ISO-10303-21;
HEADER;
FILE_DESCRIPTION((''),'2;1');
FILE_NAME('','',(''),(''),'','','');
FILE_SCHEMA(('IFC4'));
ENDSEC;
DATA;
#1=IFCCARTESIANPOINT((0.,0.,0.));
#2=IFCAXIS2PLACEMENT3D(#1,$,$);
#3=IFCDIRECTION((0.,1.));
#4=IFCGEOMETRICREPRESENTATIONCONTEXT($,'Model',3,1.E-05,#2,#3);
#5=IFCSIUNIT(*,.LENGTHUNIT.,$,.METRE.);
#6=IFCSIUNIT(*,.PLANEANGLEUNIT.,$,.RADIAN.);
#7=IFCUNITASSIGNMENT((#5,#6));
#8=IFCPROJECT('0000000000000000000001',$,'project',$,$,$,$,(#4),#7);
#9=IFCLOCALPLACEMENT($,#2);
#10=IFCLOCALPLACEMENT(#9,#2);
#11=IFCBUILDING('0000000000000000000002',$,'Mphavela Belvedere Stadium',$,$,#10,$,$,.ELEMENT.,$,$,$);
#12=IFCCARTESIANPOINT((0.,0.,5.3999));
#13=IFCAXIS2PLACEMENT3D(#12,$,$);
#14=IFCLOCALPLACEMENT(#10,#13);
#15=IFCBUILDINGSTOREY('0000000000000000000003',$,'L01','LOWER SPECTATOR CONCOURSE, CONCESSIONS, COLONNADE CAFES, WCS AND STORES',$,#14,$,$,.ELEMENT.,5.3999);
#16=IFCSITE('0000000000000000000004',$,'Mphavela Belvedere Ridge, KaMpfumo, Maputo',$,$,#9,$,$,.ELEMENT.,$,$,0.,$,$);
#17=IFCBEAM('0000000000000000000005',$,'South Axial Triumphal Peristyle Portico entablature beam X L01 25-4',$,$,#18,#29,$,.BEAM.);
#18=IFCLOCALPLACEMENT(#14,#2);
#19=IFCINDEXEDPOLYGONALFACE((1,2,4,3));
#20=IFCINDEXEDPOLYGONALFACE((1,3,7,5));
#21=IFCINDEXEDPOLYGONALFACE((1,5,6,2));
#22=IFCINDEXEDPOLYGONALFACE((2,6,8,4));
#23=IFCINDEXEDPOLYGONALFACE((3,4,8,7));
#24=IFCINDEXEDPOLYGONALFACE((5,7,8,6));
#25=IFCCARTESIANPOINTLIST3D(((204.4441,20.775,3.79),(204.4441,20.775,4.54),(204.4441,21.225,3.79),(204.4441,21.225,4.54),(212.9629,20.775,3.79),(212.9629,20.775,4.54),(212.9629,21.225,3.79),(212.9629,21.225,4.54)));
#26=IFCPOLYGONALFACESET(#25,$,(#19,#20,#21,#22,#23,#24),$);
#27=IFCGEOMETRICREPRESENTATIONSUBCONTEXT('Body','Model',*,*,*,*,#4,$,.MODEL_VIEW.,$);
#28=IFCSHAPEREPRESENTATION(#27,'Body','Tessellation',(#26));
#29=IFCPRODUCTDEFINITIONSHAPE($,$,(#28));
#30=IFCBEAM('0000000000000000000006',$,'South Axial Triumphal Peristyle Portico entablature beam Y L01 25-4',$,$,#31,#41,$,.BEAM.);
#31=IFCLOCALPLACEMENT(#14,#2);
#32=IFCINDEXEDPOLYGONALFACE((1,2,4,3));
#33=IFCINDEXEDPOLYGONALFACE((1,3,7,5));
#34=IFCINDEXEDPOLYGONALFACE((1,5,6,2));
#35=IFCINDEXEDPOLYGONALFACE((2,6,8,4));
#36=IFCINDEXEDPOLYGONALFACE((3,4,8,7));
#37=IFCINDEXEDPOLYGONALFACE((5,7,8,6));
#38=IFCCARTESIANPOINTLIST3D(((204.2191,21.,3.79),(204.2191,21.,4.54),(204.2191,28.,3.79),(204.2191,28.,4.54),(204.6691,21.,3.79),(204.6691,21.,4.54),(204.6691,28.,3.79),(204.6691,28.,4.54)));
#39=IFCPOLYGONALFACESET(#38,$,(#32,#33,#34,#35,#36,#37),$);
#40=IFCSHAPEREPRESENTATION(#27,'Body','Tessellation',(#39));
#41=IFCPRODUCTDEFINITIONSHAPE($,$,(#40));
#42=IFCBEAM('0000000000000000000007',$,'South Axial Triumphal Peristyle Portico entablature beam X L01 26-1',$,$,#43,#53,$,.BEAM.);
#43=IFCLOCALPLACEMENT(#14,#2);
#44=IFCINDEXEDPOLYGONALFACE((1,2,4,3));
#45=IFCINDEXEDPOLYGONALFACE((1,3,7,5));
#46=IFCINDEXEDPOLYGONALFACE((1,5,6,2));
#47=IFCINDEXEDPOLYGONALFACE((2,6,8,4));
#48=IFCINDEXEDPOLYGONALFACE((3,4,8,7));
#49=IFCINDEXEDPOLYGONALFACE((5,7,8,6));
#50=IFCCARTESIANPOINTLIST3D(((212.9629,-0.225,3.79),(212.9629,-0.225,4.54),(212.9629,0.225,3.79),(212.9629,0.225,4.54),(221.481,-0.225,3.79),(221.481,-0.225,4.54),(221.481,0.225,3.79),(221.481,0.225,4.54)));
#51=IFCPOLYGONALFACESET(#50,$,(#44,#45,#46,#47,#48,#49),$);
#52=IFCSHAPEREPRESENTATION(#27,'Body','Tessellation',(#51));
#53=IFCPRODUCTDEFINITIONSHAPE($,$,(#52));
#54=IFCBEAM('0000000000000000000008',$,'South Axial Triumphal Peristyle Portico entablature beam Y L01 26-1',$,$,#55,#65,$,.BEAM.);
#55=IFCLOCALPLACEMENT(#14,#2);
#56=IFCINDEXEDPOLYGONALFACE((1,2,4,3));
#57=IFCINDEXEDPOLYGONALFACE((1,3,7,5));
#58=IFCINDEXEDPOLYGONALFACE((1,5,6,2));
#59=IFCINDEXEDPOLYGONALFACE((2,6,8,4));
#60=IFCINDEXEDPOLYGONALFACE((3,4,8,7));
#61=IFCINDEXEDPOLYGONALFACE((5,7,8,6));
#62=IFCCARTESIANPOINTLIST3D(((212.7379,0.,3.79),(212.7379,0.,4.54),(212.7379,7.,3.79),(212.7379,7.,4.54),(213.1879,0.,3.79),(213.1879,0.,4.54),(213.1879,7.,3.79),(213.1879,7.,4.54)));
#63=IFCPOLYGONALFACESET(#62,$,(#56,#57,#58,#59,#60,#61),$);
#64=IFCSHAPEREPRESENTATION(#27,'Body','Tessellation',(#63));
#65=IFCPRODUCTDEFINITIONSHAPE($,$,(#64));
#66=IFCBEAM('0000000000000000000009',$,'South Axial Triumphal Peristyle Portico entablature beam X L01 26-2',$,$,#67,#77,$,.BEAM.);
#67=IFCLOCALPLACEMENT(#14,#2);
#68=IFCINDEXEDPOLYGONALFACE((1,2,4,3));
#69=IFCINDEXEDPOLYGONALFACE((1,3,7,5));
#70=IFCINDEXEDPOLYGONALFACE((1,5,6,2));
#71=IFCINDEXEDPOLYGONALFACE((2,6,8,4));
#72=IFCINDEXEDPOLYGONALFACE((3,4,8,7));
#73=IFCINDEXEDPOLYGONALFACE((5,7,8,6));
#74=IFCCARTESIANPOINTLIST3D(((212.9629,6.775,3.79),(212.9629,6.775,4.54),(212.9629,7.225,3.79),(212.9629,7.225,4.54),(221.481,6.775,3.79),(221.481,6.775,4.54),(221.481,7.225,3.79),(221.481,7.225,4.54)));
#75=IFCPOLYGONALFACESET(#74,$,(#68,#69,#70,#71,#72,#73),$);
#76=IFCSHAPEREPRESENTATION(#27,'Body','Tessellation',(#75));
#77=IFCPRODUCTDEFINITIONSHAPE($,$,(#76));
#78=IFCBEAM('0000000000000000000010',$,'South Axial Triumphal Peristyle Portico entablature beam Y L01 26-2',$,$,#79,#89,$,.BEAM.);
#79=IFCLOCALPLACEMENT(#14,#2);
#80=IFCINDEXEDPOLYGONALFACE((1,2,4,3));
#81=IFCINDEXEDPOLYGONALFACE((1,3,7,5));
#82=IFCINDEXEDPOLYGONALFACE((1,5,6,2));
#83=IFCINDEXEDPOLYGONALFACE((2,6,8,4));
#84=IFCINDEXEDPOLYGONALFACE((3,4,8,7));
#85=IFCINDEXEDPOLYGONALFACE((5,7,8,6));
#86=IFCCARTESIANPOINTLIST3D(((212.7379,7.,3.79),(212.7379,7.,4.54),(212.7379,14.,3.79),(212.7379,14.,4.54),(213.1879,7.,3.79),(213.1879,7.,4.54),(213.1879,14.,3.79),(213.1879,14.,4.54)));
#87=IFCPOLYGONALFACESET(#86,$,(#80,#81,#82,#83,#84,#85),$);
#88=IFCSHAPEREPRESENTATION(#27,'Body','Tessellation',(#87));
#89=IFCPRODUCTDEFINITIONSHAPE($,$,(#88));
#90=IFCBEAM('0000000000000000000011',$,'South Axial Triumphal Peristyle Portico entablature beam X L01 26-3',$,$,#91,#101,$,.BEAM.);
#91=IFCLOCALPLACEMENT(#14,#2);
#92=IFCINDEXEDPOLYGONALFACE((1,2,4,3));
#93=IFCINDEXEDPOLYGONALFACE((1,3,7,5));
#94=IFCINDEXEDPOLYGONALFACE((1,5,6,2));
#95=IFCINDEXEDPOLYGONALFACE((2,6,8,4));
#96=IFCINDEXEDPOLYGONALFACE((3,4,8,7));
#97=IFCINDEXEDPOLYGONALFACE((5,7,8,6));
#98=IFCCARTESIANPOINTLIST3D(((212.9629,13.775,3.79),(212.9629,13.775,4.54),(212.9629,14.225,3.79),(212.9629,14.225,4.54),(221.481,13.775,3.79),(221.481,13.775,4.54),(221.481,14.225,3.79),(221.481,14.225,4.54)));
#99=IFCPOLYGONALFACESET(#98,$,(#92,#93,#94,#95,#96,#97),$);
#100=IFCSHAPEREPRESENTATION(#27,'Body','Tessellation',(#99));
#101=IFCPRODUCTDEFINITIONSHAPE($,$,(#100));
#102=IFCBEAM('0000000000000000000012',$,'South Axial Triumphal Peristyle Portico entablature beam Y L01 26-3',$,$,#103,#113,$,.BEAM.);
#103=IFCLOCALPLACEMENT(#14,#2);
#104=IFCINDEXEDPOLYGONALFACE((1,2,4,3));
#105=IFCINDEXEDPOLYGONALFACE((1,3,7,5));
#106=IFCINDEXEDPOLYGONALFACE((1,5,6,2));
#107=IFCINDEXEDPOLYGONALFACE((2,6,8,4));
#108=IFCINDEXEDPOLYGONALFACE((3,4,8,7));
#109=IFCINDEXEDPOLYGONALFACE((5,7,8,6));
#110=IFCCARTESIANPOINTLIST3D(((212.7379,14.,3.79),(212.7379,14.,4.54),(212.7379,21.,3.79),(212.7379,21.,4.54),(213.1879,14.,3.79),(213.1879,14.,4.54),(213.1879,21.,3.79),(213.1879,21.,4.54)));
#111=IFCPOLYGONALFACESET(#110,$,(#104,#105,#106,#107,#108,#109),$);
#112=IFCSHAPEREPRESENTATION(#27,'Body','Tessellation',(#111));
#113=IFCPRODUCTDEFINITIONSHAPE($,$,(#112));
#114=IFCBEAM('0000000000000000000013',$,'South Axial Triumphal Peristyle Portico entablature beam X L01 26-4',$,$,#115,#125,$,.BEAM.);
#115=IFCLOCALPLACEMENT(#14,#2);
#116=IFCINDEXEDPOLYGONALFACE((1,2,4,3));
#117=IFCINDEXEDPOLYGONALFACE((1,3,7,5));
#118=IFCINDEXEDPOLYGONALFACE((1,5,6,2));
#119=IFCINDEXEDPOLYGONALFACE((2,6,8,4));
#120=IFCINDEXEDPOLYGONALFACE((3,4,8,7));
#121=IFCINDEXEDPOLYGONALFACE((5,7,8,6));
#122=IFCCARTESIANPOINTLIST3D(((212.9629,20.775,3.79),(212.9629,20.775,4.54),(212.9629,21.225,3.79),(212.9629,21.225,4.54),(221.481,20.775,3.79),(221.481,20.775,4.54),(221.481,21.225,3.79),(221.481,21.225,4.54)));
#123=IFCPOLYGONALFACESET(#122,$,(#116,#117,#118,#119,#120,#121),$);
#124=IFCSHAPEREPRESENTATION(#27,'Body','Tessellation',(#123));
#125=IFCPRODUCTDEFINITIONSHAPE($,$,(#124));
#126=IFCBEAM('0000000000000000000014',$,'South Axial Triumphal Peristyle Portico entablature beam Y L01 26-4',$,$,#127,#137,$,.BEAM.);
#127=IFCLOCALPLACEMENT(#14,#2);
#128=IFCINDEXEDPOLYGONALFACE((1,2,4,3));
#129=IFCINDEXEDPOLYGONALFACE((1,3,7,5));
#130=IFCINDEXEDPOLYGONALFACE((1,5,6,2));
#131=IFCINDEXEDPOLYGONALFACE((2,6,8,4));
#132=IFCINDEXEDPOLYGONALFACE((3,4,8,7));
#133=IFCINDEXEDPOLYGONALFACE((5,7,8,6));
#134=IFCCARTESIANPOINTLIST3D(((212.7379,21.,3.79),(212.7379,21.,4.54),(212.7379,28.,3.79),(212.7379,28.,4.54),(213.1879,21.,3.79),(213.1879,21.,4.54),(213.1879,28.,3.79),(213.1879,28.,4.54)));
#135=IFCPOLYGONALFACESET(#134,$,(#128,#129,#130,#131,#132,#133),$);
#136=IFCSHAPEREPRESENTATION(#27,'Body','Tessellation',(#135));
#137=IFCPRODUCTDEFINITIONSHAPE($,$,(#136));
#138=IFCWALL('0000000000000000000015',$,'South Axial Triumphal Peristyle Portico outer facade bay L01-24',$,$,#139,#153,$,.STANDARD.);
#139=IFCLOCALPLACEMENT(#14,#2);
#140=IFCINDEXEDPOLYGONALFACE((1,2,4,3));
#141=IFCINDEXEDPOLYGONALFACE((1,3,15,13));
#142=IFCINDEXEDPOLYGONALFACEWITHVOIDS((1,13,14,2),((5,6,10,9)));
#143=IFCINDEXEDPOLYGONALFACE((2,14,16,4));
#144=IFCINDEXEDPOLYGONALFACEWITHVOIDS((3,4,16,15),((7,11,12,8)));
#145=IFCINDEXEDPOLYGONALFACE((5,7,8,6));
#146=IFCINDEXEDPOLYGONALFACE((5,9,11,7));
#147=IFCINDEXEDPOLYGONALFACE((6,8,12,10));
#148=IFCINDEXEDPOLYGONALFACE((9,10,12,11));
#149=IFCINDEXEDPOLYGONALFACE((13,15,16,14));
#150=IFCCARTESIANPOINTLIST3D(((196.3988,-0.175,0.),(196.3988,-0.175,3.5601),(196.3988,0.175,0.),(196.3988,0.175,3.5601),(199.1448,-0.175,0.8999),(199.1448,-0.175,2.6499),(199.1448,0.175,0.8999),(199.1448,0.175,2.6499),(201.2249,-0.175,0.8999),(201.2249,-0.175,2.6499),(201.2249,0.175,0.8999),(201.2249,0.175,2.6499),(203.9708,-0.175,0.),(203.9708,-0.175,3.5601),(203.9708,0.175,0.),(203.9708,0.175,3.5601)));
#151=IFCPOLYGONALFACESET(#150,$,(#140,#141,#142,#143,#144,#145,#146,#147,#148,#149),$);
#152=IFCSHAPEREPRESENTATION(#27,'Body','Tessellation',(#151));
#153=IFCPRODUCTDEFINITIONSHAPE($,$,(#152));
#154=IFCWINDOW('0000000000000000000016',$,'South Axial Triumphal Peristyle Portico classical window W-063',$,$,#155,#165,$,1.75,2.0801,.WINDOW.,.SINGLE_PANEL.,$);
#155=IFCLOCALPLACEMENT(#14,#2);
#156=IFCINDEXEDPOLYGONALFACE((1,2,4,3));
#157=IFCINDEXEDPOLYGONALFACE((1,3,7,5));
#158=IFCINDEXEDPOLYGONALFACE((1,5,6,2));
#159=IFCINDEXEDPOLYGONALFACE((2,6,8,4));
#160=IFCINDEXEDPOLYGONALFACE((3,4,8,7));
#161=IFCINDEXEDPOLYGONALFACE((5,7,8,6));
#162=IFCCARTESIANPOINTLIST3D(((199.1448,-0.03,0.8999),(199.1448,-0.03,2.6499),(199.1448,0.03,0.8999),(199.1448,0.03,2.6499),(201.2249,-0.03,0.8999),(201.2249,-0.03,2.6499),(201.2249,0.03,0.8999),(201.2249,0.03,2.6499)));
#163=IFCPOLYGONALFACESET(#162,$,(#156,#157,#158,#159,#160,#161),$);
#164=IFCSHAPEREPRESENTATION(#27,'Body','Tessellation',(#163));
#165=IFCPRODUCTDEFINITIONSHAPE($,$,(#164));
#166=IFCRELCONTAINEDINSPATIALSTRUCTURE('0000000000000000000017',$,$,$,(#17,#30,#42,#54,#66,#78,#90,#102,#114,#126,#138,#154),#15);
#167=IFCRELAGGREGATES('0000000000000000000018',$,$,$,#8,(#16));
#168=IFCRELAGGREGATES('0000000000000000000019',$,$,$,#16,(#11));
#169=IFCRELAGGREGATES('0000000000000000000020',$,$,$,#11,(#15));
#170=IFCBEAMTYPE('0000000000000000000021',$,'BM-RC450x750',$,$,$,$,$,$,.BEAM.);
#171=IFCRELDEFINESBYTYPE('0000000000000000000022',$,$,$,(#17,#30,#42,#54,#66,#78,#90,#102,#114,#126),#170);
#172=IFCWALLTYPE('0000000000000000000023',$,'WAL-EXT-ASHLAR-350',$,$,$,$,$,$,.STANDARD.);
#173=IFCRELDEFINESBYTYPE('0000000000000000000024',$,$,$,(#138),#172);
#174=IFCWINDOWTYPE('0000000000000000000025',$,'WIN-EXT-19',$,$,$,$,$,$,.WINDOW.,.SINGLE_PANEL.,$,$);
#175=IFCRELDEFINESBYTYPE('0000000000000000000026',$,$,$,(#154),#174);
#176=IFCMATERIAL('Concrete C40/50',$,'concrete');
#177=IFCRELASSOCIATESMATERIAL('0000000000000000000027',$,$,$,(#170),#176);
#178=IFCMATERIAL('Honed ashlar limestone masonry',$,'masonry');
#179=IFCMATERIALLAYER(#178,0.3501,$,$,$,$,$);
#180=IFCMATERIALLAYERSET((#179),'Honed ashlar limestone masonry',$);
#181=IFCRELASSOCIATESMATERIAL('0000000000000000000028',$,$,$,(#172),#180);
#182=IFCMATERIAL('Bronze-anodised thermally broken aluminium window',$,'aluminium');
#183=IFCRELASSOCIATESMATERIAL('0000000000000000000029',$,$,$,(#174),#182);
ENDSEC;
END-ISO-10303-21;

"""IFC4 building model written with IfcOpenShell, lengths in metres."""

from ifc_helpers import new_model, si_unit, direction, frame, frame_2d, origin, origin_2d, place, context, subcontext, project, spatial, rectangle, extrude, material, layer, layer_set, material_profile, profile_set, type_object, element, fill, save


model = new_model("IFC4")

# Units and contexts
model_context = context("Model", 3, precision=1e-05, world=origin(), true_north=direction((0.0, 1.0)))
body_context = subcontext(model_context, "Body", "Model", "MODEL_VIEW")
ifc_project = project(units=[si_unit("LENGTHUNIT", "METRE"), si_unit("PLANEANGLEUNIT", "RADIAN")], contexts=[model_context])

# Site, building, storey
site_placement = place(None, origin())
site = spatial("IfcSite", under=ifc_project, at=site_placement, Name="Mphavela Belvedere Ridge, KaMpfumo, Maputo", CompositionType="ELEMENT", RefElevation=0.0)
building_placement = place(site_placement, origin())
building = spatial("IfcBuilding", under=site, at=building_placement, Name="Mphavela Belvedere Stadium", CompositionType="ELEMENT")
storey_placement = place(building_placement, frame((0.0, 0.0, 5.3999)))
storey = spatial("IfcBuildingStorey", under=building, at=storey_placement, Name="L01", Description="LOWER SPECTATOR CONCOURSE, CONCESSIONS, COLONNADE CAFES, WCS AND STORES", CompositionType="ELEMENT", Elevation=5.3999)

# Beams
ifc_material_1 = material(Name="Concrete C40/50", Category="concrete")
ifc_material_profile_1 = material_profile(ifc_material_1, rectangle(XDim=0.45, YDim=0.75, at=origin_2d()), Name="RC 450x750")
ifc_profile_set_1 = profile_set([ifc_material_profile_1], Name="Concrete C40/50")
beam_type_1 = type_object("IfcBeamType", Name="BM-RC450x750", PredefinedType="BEAM", material=ifc_profile_set_1)
beam_1_placement = place(storey_placement, frame((204.4441, 21.0, 4.165), z_axis=(1.0, 0.0, 0.0), x_axis=(0.0, 1.0, 0.0)))
element("IfcBeam", 1, at=beam_1_placement, inside=storey, type_object=beam_type_1, Name="South Axial Triumphal Peristyle Portico entablature beam X L01 25-4", PredefinedType="BEAM", context=body_context, shape_type="SweptSolid", body=[
    extrude(rectangle(XDim=0.45, YDim=0.75, at=origin_2d()), origin(), (0.0, 0.0, 1.0), 8.5188),
])
beam_2_placement = place(storey_placement, frame((204.4441, 21.0, 4.165), z_axis=(0.0, 1.0, 0.0), x_axis=(-1.0, 0.0, 0.0)))
element("IfcBeam", 2, at=beam_2_placement, inside=storey, type_object=beam_type_1, Name="South Axial Triumphal Peristyle Portico entablature beam Y L01 25-4", PredefinedType="BEAM", context=body_context, shape_type="SweptSolid", body=[
    extrude(rectangle(XDim=0.45, YDim=0.75, at=origin_2d()), origin(), (0.0, 0.0, 1.0), 7.0),
])
beam_3_placement = place(storey_placement, frame((212.9629, 0.0, 4.165), z_axis=(1.0, 0.0, 0.0), x_axis=(0.0, 1.0, 0.0)))
element("IfcBeam", 3, at=beam_3_placement, inside=storey, type_object=beam_type_1, Name="South Axial Triumphal Peristyle Portico entablature beam X L01 26-1", PredefinedType="BEAM", context=body_context, shape_type="SweptSolid", body=[
    extrude(rectangle(XDim=0.45, YDim=0.75, at=origin_2d()), origin(), (0.0, 0.0, 1.0), 8.5181),
])
beam_4_placement = place(storey_placement, frame((212.9629, 0.0, 4.165), z_axis=(0.0, 1.0, 0.0), x_axis=(-1.0, 0.0, 0.0)))
element("IfcBeam", 4, at=beam_4_placement, inside=storey, type_object=beam_type_1, Name="South Axial Triumphal Peristyle Portico entablature beam Y L01 26-1", PredefinedType="BEAM", context=body_context, shape_type="SweptSolid", body=[
    extrude(rectangle(XDim=0.45, YDim=0.75, at=origin_2d()), origin(), (0.0, 0.0, 1.0), 7.0),
])
beam_5_placement = place(storey_placement, frame((212.9629, 7.0, 4.165), z_axis=(1.0, 0.0, 0.0), x_axis=(0.0, 1.0, 0.0)))
element("IfcBeam", 5, at=beam_5_placement, inside=storey, type_object=beam_type_1, Name="South Axial Triumphal Peristyle Portico entablature beam X L01 26-2", PredefinedType="BEAM", context=body_context, shape_type="SweptSolid", body=[
    extrude(rectangle(XDim=0.45, YDim=0.75, at=origin_2d()), origin(), (0.0, 0.0, 1.0), 8.5181),
])
beam_6_placement = place(storey_placement, frame((212.9629, 7.0, 4.165), z_axis=(0.0, 1.0, 0.0), x_axis=(-1.0, 0.0, 0.0)))
element("IfcBeam", 6, at=beam_6_placement, inside=storey, type_object=beam_type_1, Name="South Axial Triumphal Peristyle Portico entablature beam Y L01 26-2", PredefinedType="BEAM", context=body_context, shape_type="SweptSolid", body=[
    extrude(rectangle(XDim=0.45, YDim=0.75, at=origin_2d()), origin(), (0.0, 0.0, 1.0), 7.0),
])
beam_7_placement = place(storey_placement, frame((212.9629, 14.0, 4.165), z_axis=(1.0, 0.0, 0.0), x_axis=(0.0, 1.0, 0.0)))
element("IfcBeam", 7, at=beam_7_placement, inside=storey, type_object=beam_type_1, Name="South Axial Triumphal Peristyle Portico entablature beam X L01 26-3", PredefinedType="BEAM", context=body_context, shape_type="SweptSolid", body=[
    extrude(rectangle(XDim=0.45, YDim=0.75, at=origin_2d()), origin(), (0.0, 0.0, 1.0), 8.5181),
])
beam_8_placement = place(storey_placement, frame((212.9629, 14.0, 4.165), z_axis=(0.0, 1.0, 0.0), x_axis=(-1.0, 0.0, 0.0)))
element("IfcBeam", 8, at=beam_8_placement, inside=storey, type_object=beam_type_1, Name="South Axial Triumphal Peristyle Portico entablature beam Y L01 26-3", PredefinedType="BEAM", context=body_context, shape_type="SweptSolid", body=[
    extrude(rectangle(XDim=0.45, YDim=0.75, at=origin_2d()), origin(), (0.0, 0.0, 1.0), 7.0),
])
beam_9_placement = place(storey_placement, frame((212.9629, 21.0, 4.165), z_axis=(1.0, 0.0, 0.0), x_axis=(0.0, 1.0, 0.0)))
element("IfcBeam", 9, at=beam_9_placement, inside=storey, type_object=beam_type_1, Name="South Axial Triumphal Peristyle Portico entablature beam X L01 26-4", PredefinedType="BEAM", context=body_context, shape_type="SweptSolid", body=[
    extrude(rectangle(XDim=0.45, YDim=0.75, at=origin_2d()), origin(), (0.0, 0.0, 1.0), 8.5181),
])
beam_10_placement = place(storey_placement, frame((212.9629, 21.0, 4.165), z_axis=(0.0, 1.0, 0.0), x_axis=(-1.0, 0.0, 0.0)))
element("IfcBeam", 10, at=beam_10_placement, inside=storey, type_object=beam_type_1, Name="South Axial Triumphal Peristyle Portico entablature beam Y L01 26-4", PredefinedType="BEAM", context=body_context, shape_type="SweptSolid", body=[
    extrude(rectangle(XDim=0.45, YDim=0.75, at=origin_2d()), origin(), (0.0, 0.0, 1.0), 7.0),
])

# Wall, opening, window
ifc_material_2 = material(Name="Honed ashlar limestone masonry", Category="masonry")
ifc_layer = layer(ifc_material_2, 0.3501)
ifc_layer_set = layer_set([ifc_layer], Name="Honed ashlar limestone masonry")
wall_type = type_object("IfcWallType", Name="WAL-EXT-ASHLAR-350", PredefinedType="STANDARD", material=ifc_layer_set)
wall_1_placement = place(storey_placement, frame((203.9709, 0.0, 0.0), z_axis=(0.0, 0.0, 1.0), x_axis=(-1.0, 0.0, 0.0)))
wall_1 = element("IfcWall", 11, at=wall_1_placement, inside=storey, type_object=wall_type, Name="South Axial Triumphal Peristyle Portico outer facade bay L01-24", PredefinedType="STANDARD", context=body_context, shape_type="SweptSolid", body=[
    extrude(rectangle(XDim=7.572, YDim=0.3501, at=frame_2d((3.7861, 0.0))), origin(), (0.0, 0.0, 1.0), 3.5601),
])
opening_1_placement = place(wall_1_placement, frame((2.7461, 0.0, 0.8999)))
opening_1 = element("IfcOpeningElement", 12, at=opening_1_placement, cuts=wall_1, PredefinedType="OPENING", context=body_context, shape_type="SweptSolid", body=[
    extrude(rectangle(XDim=2.0801, YDim=1.75, at=frame_2d((1.04, 0.875))), frame((0.0, 0.1851, 0.0), z_axis=(0.0, -1.0, 0.0), x_axis=(1.0, 0.0, 0.0)), (0.0, 0.0, 1.0), 0.3701),
])
ifc_material_3 = material(Name="Bronze-anodised thermally broken aluminium window", Category="aluminium")
window_type_1 = type_object("IfcWindowType", Name="WIN-EXT-19", PartitioningType="SINGLE_PANEL", PredefinedType="WINDOW", material=ifc_material_3)
window_1_placement = place(opening_1_placement, origin())
window_1 = element("IfcWindow", 13, at=window_1_placement, inside=storey, type_object=window_type_1, Name="South Axial Triumphal Peristyle Portico classical window W-063", OverallHeight=1.75, OverallWidth=2.0801, PartitioningType="SINGLE_PANEL", PredefinedType="WINDOW", context=body_context, shape_type="SweptSolid", body=[
    extrude(rectangle(XDim=2.0801, YDim=1.75, at=frame_2d((1.04, 0.875))), frame((0.0, 0.03, 0.0), z_axis=(0.0, -1.0, 0.0), x_axis=(1.0, 0.0, 0.0)), (0.0, 0.0, 1.0), 0.0601),
])
fill(opening_1, window_1)

save(model, "model.ifc")
